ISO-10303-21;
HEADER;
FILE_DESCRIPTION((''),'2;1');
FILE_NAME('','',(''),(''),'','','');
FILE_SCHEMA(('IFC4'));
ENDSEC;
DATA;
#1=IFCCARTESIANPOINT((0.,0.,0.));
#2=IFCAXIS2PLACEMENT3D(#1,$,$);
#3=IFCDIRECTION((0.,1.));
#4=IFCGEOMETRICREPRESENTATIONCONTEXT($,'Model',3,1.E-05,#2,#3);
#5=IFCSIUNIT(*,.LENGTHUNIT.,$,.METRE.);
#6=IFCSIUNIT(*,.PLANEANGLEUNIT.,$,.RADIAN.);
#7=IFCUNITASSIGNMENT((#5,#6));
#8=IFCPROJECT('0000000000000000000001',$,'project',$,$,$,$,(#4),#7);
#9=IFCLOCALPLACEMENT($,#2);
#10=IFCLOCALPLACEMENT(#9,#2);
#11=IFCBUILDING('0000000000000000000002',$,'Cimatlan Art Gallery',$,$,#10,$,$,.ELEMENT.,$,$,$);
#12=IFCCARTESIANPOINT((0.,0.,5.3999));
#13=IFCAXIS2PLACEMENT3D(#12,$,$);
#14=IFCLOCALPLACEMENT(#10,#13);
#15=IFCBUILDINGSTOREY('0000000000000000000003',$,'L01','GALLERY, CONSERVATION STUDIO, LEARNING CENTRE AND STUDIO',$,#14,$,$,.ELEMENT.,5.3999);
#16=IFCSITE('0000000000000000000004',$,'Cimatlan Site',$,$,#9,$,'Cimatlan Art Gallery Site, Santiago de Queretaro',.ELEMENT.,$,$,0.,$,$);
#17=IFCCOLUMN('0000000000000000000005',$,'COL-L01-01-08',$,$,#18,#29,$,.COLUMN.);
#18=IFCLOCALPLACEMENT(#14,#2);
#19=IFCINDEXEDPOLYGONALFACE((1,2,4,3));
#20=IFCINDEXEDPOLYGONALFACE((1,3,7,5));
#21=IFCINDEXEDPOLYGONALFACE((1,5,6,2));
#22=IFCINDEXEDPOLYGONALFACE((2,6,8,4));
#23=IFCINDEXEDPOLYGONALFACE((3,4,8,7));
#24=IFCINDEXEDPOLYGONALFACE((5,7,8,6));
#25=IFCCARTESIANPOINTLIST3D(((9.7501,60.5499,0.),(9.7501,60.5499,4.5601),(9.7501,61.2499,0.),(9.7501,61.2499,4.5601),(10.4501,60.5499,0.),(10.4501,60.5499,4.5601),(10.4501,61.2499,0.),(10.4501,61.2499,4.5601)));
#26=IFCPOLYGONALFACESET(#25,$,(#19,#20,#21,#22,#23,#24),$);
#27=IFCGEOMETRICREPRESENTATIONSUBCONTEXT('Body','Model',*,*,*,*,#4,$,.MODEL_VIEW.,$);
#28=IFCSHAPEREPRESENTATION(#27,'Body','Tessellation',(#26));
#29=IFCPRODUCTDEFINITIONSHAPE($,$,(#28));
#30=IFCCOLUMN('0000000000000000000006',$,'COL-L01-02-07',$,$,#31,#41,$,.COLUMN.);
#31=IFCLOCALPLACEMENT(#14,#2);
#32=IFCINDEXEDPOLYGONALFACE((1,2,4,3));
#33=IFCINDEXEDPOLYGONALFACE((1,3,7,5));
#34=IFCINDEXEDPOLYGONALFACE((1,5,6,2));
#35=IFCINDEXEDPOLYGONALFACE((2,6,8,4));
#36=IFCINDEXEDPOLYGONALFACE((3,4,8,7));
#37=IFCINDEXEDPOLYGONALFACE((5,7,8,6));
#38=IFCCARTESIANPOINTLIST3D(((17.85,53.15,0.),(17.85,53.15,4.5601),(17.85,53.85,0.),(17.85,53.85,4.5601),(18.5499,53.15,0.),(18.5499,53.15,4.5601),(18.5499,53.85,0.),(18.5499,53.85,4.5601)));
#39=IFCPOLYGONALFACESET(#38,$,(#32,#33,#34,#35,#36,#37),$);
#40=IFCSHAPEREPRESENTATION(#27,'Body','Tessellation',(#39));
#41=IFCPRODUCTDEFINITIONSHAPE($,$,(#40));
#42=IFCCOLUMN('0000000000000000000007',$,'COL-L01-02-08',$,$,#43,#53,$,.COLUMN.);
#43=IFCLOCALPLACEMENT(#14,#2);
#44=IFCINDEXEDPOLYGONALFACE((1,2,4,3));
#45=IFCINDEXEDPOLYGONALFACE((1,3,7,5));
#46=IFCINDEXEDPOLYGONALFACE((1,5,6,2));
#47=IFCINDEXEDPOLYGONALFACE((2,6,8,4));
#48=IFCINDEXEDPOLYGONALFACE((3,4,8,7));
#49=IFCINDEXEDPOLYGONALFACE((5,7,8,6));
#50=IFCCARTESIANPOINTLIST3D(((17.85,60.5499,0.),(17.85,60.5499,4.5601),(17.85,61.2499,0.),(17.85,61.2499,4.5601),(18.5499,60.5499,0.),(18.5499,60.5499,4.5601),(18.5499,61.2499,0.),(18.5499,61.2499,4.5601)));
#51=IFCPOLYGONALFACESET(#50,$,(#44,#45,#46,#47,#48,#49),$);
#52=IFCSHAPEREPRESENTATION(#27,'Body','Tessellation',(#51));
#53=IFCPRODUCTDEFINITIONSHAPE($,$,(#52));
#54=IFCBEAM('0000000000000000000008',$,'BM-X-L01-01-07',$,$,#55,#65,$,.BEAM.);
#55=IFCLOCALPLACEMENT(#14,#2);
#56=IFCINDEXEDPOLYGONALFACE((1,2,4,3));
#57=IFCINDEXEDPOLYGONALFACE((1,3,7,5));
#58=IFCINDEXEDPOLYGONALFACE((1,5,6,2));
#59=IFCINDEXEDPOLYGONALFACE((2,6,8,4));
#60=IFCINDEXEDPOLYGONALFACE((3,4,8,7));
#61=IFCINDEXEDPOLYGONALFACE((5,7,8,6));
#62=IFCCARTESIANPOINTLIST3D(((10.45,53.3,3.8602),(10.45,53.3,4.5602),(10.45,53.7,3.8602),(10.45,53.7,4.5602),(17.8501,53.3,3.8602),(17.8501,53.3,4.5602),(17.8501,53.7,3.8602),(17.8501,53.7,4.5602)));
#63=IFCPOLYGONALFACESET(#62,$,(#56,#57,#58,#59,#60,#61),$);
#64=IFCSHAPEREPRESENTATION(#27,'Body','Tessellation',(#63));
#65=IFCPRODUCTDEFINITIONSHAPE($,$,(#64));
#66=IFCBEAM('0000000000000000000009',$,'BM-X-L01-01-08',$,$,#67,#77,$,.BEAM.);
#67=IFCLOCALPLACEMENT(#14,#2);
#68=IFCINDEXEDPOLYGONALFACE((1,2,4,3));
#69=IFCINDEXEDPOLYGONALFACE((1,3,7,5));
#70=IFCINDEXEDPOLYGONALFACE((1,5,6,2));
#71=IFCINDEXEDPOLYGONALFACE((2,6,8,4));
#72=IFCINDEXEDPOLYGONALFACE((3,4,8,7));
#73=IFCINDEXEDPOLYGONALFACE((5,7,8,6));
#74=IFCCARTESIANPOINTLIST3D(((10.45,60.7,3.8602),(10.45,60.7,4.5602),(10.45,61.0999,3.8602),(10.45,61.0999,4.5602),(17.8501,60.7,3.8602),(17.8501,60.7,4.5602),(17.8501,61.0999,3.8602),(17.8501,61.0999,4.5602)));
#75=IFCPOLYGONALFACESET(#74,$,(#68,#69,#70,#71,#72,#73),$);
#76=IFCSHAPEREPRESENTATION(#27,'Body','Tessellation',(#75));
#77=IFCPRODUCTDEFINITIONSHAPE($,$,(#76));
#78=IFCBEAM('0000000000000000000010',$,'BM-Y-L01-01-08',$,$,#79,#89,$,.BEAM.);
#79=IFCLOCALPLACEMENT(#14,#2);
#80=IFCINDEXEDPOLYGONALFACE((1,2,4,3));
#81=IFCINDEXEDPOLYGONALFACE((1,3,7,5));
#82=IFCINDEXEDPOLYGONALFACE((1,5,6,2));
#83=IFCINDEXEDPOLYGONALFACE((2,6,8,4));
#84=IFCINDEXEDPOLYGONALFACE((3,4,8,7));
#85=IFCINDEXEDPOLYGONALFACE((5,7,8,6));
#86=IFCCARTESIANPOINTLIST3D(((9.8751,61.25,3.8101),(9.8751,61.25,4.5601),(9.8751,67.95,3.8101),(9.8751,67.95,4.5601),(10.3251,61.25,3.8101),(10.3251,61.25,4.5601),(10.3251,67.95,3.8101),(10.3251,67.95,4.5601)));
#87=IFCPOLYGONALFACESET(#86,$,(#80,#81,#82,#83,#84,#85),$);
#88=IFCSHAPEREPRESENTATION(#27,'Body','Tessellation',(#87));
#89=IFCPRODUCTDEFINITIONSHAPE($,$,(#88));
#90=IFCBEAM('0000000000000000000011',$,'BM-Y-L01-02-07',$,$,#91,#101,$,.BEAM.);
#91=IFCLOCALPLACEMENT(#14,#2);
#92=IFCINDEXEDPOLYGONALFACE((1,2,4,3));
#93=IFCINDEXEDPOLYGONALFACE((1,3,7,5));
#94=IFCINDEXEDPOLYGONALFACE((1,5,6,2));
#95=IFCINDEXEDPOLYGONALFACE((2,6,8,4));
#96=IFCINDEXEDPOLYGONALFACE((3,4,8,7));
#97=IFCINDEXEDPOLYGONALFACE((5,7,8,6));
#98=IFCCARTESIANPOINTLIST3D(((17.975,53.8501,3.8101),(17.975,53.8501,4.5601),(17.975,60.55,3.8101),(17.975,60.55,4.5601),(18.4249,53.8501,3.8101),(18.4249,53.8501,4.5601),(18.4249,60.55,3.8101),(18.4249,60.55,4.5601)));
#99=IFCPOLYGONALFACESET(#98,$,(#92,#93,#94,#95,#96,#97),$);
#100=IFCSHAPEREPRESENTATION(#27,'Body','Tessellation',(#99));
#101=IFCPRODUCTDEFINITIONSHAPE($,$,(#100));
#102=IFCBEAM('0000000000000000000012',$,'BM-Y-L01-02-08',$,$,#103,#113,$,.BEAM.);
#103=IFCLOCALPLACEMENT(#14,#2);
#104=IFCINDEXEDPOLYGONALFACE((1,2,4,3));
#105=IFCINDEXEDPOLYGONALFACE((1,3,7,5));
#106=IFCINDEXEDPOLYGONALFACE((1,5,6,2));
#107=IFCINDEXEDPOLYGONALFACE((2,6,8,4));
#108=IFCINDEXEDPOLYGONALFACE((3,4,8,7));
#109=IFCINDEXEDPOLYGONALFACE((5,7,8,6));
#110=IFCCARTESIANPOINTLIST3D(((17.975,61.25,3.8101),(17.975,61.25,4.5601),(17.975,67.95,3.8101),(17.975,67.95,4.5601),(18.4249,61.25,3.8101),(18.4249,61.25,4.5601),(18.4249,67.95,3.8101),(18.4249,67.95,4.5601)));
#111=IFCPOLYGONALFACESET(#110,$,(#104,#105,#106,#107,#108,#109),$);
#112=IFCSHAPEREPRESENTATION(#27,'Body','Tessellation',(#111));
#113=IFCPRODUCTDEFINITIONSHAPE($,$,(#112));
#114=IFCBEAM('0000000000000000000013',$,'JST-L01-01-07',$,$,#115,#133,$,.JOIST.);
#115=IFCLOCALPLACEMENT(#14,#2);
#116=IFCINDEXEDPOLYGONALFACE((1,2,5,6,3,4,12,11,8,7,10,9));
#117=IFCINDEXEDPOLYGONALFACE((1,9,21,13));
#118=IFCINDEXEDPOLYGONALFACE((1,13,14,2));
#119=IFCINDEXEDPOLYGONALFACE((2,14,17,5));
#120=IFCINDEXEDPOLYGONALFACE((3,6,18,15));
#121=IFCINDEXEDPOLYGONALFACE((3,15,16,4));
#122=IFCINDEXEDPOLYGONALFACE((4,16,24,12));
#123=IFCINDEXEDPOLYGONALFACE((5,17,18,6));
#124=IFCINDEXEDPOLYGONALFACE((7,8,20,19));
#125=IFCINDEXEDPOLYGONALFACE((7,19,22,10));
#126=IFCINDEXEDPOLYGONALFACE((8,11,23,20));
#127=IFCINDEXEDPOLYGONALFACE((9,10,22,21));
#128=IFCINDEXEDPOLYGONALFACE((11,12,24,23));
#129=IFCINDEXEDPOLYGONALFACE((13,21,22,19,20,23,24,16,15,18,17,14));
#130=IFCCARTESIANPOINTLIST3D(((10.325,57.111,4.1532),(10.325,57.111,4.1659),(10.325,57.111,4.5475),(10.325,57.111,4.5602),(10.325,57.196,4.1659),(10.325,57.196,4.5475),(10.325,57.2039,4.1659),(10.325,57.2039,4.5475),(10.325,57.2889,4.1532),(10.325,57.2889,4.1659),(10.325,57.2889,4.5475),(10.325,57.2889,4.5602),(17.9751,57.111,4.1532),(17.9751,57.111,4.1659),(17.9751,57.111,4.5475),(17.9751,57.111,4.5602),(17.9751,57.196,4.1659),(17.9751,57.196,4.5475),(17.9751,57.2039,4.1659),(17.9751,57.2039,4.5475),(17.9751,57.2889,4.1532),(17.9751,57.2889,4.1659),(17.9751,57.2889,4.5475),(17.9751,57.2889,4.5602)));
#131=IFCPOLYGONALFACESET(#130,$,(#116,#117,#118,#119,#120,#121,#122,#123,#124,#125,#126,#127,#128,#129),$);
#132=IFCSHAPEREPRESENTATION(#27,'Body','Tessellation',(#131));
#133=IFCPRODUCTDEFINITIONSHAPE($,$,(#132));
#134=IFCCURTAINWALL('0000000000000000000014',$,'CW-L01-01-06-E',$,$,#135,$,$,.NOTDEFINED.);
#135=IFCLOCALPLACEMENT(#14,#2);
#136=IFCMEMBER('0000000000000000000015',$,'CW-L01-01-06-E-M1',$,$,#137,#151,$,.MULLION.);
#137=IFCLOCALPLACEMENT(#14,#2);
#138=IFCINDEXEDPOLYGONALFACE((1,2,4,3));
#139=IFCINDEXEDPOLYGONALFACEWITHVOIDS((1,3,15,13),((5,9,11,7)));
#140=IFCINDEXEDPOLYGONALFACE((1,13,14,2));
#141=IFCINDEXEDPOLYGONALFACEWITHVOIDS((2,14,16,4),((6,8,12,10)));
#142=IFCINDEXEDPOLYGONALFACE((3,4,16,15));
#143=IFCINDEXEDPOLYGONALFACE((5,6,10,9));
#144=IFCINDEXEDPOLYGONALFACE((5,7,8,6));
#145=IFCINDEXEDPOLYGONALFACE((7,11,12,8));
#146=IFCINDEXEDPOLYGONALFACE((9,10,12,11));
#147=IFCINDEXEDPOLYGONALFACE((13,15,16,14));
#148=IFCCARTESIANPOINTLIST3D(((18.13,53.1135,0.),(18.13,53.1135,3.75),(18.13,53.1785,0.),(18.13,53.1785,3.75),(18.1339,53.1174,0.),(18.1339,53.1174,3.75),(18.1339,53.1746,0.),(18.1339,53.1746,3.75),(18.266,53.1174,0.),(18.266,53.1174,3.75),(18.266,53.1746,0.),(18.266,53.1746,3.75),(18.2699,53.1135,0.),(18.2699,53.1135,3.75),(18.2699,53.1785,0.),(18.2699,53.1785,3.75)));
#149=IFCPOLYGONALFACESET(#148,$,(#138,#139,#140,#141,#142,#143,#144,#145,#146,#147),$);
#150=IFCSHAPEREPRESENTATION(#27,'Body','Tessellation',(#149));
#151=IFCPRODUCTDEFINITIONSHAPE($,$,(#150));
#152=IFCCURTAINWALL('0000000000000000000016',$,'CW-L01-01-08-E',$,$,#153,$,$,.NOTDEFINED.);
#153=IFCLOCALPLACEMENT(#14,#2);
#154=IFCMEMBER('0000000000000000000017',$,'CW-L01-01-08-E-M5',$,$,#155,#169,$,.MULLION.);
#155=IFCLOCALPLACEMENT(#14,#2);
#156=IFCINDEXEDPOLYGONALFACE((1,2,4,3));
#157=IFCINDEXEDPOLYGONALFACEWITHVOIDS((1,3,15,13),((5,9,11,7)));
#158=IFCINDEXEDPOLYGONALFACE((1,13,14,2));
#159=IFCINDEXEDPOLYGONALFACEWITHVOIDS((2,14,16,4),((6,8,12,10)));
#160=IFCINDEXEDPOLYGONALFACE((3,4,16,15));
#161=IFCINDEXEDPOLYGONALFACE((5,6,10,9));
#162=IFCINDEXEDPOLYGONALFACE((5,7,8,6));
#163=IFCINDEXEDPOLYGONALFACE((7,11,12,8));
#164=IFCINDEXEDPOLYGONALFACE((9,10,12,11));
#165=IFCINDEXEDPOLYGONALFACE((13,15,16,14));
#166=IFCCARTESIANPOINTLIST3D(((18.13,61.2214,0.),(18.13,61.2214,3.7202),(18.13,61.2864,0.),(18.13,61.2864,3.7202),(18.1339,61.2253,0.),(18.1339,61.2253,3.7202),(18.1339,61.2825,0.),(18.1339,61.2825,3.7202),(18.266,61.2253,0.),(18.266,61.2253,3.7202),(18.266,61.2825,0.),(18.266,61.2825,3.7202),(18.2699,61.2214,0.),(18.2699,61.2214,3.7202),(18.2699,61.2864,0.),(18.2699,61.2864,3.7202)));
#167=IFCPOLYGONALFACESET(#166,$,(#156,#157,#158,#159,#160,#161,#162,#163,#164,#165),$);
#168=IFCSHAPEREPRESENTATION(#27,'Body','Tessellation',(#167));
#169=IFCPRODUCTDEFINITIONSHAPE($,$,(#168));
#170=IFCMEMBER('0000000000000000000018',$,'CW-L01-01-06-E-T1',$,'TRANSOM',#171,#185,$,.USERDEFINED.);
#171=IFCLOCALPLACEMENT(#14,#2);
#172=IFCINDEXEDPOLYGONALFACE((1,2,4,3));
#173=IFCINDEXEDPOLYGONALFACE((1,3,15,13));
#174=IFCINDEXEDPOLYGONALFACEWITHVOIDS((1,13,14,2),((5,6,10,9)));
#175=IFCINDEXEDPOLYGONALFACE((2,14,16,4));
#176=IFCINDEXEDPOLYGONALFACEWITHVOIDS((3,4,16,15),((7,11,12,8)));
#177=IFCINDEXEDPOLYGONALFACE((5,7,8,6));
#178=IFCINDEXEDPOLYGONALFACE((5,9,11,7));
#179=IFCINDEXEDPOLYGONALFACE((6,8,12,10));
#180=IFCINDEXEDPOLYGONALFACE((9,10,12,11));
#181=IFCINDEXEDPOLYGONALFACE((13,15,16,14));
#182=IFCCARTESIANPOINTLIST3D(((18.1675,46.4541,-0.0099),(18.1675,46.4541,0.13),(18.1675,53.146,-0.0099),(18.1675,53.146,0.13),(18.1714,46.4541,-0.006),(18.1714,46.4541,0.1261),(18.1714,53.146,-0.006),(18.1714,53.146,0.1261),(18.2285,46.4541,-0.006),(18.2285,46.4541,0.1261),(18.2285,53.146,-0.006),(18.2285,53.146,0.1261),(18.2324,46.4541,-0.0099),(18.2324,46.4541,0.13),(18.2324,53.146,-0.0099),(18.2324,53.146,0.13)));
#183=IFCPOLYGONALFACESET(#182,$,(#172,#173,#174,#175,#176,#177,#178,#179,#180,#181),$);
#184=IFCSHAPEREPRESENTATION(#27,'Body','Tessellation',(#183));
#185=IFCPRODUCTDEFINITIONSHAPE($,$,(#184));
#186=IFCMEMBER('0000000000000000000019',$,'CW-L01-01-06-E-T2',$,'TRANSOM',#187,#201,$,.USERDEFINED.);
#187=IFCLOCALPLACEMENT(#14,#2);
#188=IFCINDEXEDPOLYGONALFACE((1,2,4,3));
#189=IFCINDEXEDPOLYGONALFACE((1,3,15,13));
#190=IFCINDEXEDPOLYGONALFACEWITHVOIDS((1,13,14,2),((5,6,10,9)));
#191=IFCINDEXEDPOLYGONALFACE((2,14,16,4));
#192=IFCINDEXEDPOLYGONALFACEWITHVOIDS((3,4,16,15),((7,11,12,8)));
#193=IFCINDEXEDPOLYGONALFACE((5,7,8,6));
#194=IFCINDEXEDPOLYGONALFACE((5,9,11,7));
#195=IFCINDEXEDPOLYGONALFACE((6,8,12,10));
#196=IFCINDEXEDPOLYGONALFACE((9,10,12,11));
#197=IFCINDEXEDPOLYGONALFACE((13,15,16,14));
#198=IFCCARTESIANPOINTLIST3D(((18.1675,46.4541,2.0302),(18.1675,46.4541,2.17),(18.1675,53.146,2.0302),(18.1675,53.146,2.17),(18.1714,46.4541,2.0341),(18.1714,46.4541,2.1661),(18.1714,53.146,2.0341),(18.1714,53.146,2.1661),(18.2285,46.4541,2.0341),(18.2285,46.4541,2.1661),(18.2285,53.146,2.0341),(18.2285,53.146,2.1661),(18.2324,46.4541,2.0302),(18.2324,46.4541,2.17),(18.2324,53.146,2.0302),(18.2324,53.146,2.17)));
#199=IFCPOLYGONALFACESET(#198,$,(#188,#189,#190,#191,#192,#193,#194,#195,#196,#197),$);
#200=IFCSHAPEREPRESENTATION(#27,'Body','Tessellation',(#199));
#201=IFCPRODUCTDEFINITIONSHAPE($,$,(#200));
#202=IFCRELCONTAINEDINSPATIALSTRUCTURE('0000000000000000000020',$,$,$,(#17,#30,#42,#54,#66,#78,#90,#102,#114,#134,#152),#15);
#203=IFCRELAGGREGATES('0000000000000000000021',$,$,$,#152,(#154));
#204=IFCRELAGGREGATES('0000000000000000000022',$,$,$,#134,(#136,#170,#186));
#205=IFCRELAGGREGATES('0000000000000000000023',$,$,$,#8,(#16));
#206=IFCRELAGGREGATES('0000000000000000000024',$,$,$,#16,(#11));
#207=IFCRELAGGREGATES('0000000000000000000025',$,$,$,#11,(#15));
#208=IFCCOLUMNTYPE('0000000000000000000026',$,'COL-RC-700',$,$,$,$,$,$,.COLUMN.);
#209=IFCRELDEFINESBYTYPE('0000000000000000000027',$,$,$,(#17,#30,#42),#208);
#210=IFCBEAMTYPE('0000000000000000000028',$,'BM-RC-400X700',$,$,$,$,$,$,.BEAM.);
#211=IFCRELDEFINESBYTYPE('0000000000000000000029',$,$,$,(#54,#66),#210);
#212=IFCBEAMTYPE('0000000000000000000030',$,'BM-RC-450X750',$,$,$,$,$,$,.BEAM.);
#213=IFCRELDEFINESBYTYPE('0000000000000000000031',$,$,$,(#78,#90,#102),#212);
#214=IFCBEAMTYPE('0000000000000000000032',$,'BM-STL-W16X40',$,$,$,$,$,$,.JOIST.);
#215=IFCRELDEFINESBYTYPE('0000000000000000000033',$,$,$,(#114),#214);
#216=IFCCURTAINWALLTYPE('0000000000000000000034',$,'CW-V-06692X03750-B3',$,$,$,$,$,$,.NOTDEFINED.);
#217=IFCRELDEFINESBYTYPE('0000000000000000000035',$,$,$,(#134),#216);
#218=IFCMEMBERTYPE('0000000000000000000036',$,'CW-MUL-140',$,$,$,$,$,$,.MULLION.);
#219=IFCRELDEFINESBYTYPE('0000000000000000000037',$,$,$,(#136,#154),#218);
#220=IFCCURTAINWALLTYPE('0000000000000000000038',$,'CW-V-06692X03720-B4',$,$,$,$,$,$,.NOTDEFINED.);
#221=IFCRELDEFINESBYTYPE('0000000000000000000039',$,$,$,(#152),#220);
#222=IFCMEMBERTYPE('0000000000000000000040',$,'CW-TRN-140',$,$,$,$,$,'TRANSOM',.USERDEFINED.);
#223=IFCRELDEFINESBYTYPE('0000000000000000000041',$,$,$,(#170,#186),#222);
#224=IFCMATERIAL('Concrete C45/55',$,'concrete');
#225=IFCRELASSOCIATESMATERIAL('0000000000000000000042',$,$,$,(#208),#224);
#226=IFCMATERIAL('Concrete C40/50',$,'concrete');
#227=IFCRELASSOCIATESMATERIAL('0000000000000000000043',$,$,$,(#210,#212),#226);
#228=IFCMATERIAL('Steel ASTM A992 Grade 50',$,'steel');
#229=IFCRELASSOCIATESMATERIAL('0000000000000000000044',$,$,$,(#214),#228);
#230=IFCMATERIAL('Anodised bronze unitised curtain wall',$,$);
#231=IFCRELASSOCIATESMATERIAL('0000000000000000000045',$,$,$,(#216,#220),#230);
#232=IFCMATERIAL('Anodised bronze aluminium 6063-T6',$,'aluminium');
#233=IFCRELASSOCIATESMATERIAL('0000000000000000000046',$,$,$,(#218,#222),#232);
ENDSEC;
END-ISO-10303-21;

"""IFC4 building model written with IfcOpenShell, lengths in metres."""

from ifc_helpers import new_model, si_unit, direction, frame, origin, origin_2d, place, context, subcontext, project, spatial, rectangle, hollow_rectangle, i_section, extrude, material, material_profile, profile_set, type_object, element, aggregate, save


model = new_model("IFC4")

# Units and contexts
model_context = context("Model", 3, precision=1e-05, world=origin(), true_north=direction((0.0, 1.0)))
body_context = subcontext(model_context, "Body", "Model", "MODEL_VIEW")
ifc_project = project(units=[si_unit("LENGTHUNIT", "METRE"), si_unit("PLANEANGLEUNIT", "RADIAN")], contexts=[model_context])

# Site, building, storey
site_placement = place(None, origin())
site = spatial("IfcSite", under=ifc_project, at=site_placement, Name="Cimatlan Site", LongName="Cimatlan Art Gallery Site, Santiago de Queretaro", CompositionType="ELEMENT", RefElevation=0.0)
building_placement = place(site_placement, origin())
building = spatial("IfcBuilding", under=site, at=building_placement, Name="Cimatlan Art Gallery", CompositionType="ELEMENT")
storey_placement = place(building_placement, frame((0.0, 0.0, 5.3999)))
storey = spatial("IfcBuildingStorey", under=building, at=storey_placement, Name="L01", Description="GALLERY, CONSERVATION STUDIO, LEARNING CENTRE AND STUDIO", CompositionType="ELEMENT", Elevation=5.3999)

# Columns
ifc_material_1 = material(Name="Concrete C45/55", Category="concrete")
ifc_material_profile_1 = material_profile(ifc_material_1, rectangle(XDim=0.7, YDim=0.7, at=origin_2d()), Name="RC700X700")
ifc_profile_set_1 = profile_set([ifc_material_profile_1], Name="Concrete C45/55")
column_type = type_object("IfcColumnType", Name="COL-RC-700", PredefinedType="COLUMN", material=ifc_profile_set_1)
for number, where, z_axis, x_axis, name in (
    (1, (10.1001, 60.8999, 0.0), (0.0, 0.0, 1.0), (1.0, 0.0, 0.0), "COL-L01-01-08"),
    (2, (18.2, 53.5, 0.0), (0.0, 0.0, 1.0), (1.0, 0.0, 0.0), "COL-L01-02-07"),
    (3, (18.2, 60.8999, 0.0), (0.0, 0.0, 1.0), (1.0, 0.0, 0.0), "COL-L01-02-08"),
):
    element("IfcColumn", number, at=place(storey_placement, frame(where, z_axis=z_axis, x_axis=x_axis)), inside=storey, type_object=column_type, Name=name, PredefinedType="COLUMN", context=body_context, shape_type="SweptSolid", body=[
        extrude(rectangle(XDim=0.7, YDim=0.7, at=origin_2d()), origin(), (0.0, 0.0, 1.0), 4.5601),
    ])

# Beams
ifc_material_2 = material(Name="Concrete C40/50", Category="concrete")
ifc_material_profile_2 = material_profile(ifc_material_2, rectangle(XDim=0.3999, YDim=0.7, at=origin_2d()), Name="RC400X700")
ifc_profile_set_2 = profile_set([ifc_material_profile_2], Name="Concrete C40/50")
beam_type_1 = type_object("IfcBeamType", Name="BM-RC-400X700", PredefinedType="BEAM", material=ifc_profile_set_2)
for number, where, z_axis, x_axis, name in (
    (4, (10.45, 53.5, 4.2102), (1.0, 0.0, 0.0), (0.0, 1.0, 0.0), "BM-X-L01-01-07"),
    (5, (10.45, 60.8999, 4.2102), (1.0, 0.0, 0.0), (0.0, 1.0, 0.0), "BM-X-L01-01-08"),
):
    element("IfcBeam", number, at=place(storey_placement, frame(where, z_axis=z_axis, x_axis=x_axis)), inside=storey, type_object=beam_type_1, Name=name, PredefinedType="BEAM", context=body_context, shape_type="SweptSolid", body=[
        extrude(rectangle(XDim=0.3999, YDim=0.7, at=origin_2d()), origin(), (0.0, 0.0, 1.0), 7.4001),
    ])
ifc_material_profile_3 = material_profile(ifc_material_2, rectangle(XDim=0.45, YDim=0.75, at=origin_2d()), Name="RC450X750")
ifc_profile_set_3 = profile_set([ifc_material_profile_3], Name="Concrete C40/50")
beam_type_2 = type_object("IfcBeamType", Name="BM-RC-450X750", PredefinedType="BEAM", material=ifc_profile_set_3)
for number, where, z_axis, x_axis, name in (
    (6, (10.1001, 61.25, 4.1851), (0.0, 1.0, 0.0), (-1.0, 0.0, 0.0), "BM-Y-L01-01-08"),
    (7, (18.2, 53.8501, 4.1851), (0.0, 1.0, 0.0), (-1.0, 0.0, 0.0), "BM-Y-L01-02-07"),
    (8, (18.2, 61.25, 4.1851), (0.0, 1.0, 0.0), (-1.0, 0.0, 0.0), "BM-Y-L01-02-08"),
):
    element("IfcBeam", number, at=place(storey_placement, frame(where, z_axis=z_axis, x_axis=x_axis)), inside=storey, type_object=beam_type_2, Name=name, PredefinedType="BEAM", context=body_context, shape_type="SweptSolid", body=[
        extrude(rectangle(XDim=0.45, YDim=0.75, at=origin_2d()), origin(), (0.0, 0.0, 1.0), 6.7),
    ])
ifc_material_3 = material(Name="Steel ASTM A992 Grade 50", Category="steel")
ifc_material_profile_4 = material_profile(ifc_material_3, i_section(OverallWidth=0.178, OverallDepth=0.407, WebThickness=0.0078, FlangeThickness=0.0127, at=origin_2d()), Name="W16X40")
ifc_profile_set_4 = profile_set([ifc_material_profile_4], Name="Steel ASTM A992 Grade 50")
beam_type_3 = type_object("IfcBeamType", Name="BM-STL-W16X40", PredefinedType="JOIST", material=ifc_profile_set_4)
beam_placement = place(storey_placement, frame((10.325, 57.2, 4.3567), z_axis=(1.0, 0.0, 0.0), x_axis=(0.0, 1.0, 0.0)))
element("IfcBeam", 9, at=beam_placement, inside=storey, type_object=beam_type_3, Name="JST-L01-01-07", PredefinedType="JOIST", context=body_context, shape_type="SweptSolid", body=[
    extrude(i_section(OverallWidth=0.178, OverallDepth=0.407, WebThickness=0.0078, FlangeThickness=0.0127, at=origin_2d()), origin(), (0.0, 0.0, 1.0), 7.6501),
])

# Curtain walls, members
ifc_material_4 = material(Name="Anodised bronze unitised curtain wall")
curtain_wall_type_1 = type_object("IfcCurtainWallType", Name="CW-V-06692X03750-B3", PredefinedType="NOTDEFINED", material=ifc_material_4)
curtain_wall_1_placement = place(storey_placement, origin())
curtain_wall_1 = element("IfcCurtainWall", 10, at=curtain_wall_1_placement, inside=storey, type_object=curtain_wall_type_1, Name="CW-L01-01-06-E", PredefinedType="NOTDEFINED")
ifc_material_5 = material(Name="Anodised bronze aluminium 6063-T6", Category="aluminium")
ifc_material_profile_5 = material_profile(ifc_material_5, hollow_rectangle(XDim=0.0649, YDim=0.1399, WallThickness=0.0039, at=origin_2d()), Name="ALU65X140X4")
ifc_profile_set_5 = profile_set([ifc_material_profile_5], Name="Anodised bronze aluminium 6063-T6")
member_type_1 = type_object("IfcMemberType", Name="CW-MUL-140", PredefinedType="MULLION", material=ifc_profile_set_5)
member_1_placement = place(storey_placement, frame((18.2, 53.146, 0.0), z_axis=(0.0, 0.0, 1.0), x_axis=(0.0, 1.0, 0.0)))
member_1 = element("IfcMember", 11, at=member_1_placement, type_object=member_type_1, Name="CW-L01-01-06-E-M1", PredefinedType="MULLION", context=body_context, shape_type="SweptSolid", body=[
    extrude(hollow_rectangle(XDim=0.0649, YDim=0.1399, WallThickness=0.0039, at=origin_2d()), origin(), (0.0, 0.0, 1.0), 3.75),
])
curtain_wall_type_2 = type_object("IfcCurtainWallType", Name="CW-V-06692X03720-B4", PredefinedType="NOTDEFINED", material=ifc_material_4)
curtain_wall_2_placement = place(storey_placement, origin())
curtain_wall_2 = element("IfcCurtainWall", 12, at=curtain_wall_2_placement, inside=storey, type_object=curtain_wall_type_2, Name="CW-L01-01-08-E", PredefinedType="NOTDEFINED")
member_2_placement = place(storey_placement, frame((18.2, 61.2539, 0.0), z_axis=(0.0, 0.0, 1.0), x_axis=(0.0, 1.0, 0.0)))
member_2 = element("IfcMember", 13, at=member_2_placement, type_object=member_type_1, Name="CW-L01-01-08-E-M5", PredefinedType="MULLION", context=body_context, shape_type="SweptSolid", body=[
    extrude(hollow_rectangle(XDim=0.0649, YDim=0.1399, WallThickness=0.0039, at=origin_2d()), origin(), (0.0, 0.0, 1.0), 3.7202),
])

# Members
ifc_material_profile_6 = material_profile(ifc_material_5, hollow_rectangle(XDim=0.0649, YDim=0.1399, WallThickness=0.0039, at=origin_2d()), Name="ALU65X140X4")
ifc_profile_set_6 = profile_set([ifc_material_profile_6], Name="Anodised bronze aluminium 6063-T6")
member_type_2 = type_object("IfcMemberType", Name="CW-TRN-140", ElementType="TRANSOM", PredefinedType="USERDEFINED", material=ifc_profile_set_6)
member_3_placement = place(storey_placement, frame((18.2, 53.146, 0.0601), z_axis=(0.0, -1.0, 0.0), x_axis=(1.0, 0.0, 0.0)))
member_3 = element("IfcMember", 14, at=member_3_placement, type_object=member_type_2, Name="CW-L01-01-06-E-T1", ObjectType="TRANSOM", PredefinedType="USERDEFINED", context=body_context, shape_type="SweptSolid", body=[
    extrude(hollow_rectangle(XDim=0.0649, YDim=0.1399, WallThickness=0.0039, at=origin_2d()), origin(), (0.0, 0.0, 1.0), 6.6919),
])
member_4_placement = place(storey_placement, frame((18.2, 53.146, 2.1001), z_axis=(0.0, -1.0, 0.0), x_axis=(1.0, 0.0, 0.0)))
member_4 = element("IfcMember", 15, at=member_4_placement, type_object=member_type_2, Name="CW-L01-01-06-E-T2", ObjectType="TRANSOM", PredefinedType="USERDEFINED", context=body_context, shape_type="SweptSolid", body=[
    extrude(hollow_rectangle(XDim=0.0649, YDim=0.1399, WallThickness=0.0039, at=origin_2d()), origin(), (0.0, 0.0, 1.0), 6.6919),
])

aggregate(curtain_wall_2, [member_2])
aggregate(curtain_wall_1, [member_1, member_3, member_4])

save(model, "model.ifc")
